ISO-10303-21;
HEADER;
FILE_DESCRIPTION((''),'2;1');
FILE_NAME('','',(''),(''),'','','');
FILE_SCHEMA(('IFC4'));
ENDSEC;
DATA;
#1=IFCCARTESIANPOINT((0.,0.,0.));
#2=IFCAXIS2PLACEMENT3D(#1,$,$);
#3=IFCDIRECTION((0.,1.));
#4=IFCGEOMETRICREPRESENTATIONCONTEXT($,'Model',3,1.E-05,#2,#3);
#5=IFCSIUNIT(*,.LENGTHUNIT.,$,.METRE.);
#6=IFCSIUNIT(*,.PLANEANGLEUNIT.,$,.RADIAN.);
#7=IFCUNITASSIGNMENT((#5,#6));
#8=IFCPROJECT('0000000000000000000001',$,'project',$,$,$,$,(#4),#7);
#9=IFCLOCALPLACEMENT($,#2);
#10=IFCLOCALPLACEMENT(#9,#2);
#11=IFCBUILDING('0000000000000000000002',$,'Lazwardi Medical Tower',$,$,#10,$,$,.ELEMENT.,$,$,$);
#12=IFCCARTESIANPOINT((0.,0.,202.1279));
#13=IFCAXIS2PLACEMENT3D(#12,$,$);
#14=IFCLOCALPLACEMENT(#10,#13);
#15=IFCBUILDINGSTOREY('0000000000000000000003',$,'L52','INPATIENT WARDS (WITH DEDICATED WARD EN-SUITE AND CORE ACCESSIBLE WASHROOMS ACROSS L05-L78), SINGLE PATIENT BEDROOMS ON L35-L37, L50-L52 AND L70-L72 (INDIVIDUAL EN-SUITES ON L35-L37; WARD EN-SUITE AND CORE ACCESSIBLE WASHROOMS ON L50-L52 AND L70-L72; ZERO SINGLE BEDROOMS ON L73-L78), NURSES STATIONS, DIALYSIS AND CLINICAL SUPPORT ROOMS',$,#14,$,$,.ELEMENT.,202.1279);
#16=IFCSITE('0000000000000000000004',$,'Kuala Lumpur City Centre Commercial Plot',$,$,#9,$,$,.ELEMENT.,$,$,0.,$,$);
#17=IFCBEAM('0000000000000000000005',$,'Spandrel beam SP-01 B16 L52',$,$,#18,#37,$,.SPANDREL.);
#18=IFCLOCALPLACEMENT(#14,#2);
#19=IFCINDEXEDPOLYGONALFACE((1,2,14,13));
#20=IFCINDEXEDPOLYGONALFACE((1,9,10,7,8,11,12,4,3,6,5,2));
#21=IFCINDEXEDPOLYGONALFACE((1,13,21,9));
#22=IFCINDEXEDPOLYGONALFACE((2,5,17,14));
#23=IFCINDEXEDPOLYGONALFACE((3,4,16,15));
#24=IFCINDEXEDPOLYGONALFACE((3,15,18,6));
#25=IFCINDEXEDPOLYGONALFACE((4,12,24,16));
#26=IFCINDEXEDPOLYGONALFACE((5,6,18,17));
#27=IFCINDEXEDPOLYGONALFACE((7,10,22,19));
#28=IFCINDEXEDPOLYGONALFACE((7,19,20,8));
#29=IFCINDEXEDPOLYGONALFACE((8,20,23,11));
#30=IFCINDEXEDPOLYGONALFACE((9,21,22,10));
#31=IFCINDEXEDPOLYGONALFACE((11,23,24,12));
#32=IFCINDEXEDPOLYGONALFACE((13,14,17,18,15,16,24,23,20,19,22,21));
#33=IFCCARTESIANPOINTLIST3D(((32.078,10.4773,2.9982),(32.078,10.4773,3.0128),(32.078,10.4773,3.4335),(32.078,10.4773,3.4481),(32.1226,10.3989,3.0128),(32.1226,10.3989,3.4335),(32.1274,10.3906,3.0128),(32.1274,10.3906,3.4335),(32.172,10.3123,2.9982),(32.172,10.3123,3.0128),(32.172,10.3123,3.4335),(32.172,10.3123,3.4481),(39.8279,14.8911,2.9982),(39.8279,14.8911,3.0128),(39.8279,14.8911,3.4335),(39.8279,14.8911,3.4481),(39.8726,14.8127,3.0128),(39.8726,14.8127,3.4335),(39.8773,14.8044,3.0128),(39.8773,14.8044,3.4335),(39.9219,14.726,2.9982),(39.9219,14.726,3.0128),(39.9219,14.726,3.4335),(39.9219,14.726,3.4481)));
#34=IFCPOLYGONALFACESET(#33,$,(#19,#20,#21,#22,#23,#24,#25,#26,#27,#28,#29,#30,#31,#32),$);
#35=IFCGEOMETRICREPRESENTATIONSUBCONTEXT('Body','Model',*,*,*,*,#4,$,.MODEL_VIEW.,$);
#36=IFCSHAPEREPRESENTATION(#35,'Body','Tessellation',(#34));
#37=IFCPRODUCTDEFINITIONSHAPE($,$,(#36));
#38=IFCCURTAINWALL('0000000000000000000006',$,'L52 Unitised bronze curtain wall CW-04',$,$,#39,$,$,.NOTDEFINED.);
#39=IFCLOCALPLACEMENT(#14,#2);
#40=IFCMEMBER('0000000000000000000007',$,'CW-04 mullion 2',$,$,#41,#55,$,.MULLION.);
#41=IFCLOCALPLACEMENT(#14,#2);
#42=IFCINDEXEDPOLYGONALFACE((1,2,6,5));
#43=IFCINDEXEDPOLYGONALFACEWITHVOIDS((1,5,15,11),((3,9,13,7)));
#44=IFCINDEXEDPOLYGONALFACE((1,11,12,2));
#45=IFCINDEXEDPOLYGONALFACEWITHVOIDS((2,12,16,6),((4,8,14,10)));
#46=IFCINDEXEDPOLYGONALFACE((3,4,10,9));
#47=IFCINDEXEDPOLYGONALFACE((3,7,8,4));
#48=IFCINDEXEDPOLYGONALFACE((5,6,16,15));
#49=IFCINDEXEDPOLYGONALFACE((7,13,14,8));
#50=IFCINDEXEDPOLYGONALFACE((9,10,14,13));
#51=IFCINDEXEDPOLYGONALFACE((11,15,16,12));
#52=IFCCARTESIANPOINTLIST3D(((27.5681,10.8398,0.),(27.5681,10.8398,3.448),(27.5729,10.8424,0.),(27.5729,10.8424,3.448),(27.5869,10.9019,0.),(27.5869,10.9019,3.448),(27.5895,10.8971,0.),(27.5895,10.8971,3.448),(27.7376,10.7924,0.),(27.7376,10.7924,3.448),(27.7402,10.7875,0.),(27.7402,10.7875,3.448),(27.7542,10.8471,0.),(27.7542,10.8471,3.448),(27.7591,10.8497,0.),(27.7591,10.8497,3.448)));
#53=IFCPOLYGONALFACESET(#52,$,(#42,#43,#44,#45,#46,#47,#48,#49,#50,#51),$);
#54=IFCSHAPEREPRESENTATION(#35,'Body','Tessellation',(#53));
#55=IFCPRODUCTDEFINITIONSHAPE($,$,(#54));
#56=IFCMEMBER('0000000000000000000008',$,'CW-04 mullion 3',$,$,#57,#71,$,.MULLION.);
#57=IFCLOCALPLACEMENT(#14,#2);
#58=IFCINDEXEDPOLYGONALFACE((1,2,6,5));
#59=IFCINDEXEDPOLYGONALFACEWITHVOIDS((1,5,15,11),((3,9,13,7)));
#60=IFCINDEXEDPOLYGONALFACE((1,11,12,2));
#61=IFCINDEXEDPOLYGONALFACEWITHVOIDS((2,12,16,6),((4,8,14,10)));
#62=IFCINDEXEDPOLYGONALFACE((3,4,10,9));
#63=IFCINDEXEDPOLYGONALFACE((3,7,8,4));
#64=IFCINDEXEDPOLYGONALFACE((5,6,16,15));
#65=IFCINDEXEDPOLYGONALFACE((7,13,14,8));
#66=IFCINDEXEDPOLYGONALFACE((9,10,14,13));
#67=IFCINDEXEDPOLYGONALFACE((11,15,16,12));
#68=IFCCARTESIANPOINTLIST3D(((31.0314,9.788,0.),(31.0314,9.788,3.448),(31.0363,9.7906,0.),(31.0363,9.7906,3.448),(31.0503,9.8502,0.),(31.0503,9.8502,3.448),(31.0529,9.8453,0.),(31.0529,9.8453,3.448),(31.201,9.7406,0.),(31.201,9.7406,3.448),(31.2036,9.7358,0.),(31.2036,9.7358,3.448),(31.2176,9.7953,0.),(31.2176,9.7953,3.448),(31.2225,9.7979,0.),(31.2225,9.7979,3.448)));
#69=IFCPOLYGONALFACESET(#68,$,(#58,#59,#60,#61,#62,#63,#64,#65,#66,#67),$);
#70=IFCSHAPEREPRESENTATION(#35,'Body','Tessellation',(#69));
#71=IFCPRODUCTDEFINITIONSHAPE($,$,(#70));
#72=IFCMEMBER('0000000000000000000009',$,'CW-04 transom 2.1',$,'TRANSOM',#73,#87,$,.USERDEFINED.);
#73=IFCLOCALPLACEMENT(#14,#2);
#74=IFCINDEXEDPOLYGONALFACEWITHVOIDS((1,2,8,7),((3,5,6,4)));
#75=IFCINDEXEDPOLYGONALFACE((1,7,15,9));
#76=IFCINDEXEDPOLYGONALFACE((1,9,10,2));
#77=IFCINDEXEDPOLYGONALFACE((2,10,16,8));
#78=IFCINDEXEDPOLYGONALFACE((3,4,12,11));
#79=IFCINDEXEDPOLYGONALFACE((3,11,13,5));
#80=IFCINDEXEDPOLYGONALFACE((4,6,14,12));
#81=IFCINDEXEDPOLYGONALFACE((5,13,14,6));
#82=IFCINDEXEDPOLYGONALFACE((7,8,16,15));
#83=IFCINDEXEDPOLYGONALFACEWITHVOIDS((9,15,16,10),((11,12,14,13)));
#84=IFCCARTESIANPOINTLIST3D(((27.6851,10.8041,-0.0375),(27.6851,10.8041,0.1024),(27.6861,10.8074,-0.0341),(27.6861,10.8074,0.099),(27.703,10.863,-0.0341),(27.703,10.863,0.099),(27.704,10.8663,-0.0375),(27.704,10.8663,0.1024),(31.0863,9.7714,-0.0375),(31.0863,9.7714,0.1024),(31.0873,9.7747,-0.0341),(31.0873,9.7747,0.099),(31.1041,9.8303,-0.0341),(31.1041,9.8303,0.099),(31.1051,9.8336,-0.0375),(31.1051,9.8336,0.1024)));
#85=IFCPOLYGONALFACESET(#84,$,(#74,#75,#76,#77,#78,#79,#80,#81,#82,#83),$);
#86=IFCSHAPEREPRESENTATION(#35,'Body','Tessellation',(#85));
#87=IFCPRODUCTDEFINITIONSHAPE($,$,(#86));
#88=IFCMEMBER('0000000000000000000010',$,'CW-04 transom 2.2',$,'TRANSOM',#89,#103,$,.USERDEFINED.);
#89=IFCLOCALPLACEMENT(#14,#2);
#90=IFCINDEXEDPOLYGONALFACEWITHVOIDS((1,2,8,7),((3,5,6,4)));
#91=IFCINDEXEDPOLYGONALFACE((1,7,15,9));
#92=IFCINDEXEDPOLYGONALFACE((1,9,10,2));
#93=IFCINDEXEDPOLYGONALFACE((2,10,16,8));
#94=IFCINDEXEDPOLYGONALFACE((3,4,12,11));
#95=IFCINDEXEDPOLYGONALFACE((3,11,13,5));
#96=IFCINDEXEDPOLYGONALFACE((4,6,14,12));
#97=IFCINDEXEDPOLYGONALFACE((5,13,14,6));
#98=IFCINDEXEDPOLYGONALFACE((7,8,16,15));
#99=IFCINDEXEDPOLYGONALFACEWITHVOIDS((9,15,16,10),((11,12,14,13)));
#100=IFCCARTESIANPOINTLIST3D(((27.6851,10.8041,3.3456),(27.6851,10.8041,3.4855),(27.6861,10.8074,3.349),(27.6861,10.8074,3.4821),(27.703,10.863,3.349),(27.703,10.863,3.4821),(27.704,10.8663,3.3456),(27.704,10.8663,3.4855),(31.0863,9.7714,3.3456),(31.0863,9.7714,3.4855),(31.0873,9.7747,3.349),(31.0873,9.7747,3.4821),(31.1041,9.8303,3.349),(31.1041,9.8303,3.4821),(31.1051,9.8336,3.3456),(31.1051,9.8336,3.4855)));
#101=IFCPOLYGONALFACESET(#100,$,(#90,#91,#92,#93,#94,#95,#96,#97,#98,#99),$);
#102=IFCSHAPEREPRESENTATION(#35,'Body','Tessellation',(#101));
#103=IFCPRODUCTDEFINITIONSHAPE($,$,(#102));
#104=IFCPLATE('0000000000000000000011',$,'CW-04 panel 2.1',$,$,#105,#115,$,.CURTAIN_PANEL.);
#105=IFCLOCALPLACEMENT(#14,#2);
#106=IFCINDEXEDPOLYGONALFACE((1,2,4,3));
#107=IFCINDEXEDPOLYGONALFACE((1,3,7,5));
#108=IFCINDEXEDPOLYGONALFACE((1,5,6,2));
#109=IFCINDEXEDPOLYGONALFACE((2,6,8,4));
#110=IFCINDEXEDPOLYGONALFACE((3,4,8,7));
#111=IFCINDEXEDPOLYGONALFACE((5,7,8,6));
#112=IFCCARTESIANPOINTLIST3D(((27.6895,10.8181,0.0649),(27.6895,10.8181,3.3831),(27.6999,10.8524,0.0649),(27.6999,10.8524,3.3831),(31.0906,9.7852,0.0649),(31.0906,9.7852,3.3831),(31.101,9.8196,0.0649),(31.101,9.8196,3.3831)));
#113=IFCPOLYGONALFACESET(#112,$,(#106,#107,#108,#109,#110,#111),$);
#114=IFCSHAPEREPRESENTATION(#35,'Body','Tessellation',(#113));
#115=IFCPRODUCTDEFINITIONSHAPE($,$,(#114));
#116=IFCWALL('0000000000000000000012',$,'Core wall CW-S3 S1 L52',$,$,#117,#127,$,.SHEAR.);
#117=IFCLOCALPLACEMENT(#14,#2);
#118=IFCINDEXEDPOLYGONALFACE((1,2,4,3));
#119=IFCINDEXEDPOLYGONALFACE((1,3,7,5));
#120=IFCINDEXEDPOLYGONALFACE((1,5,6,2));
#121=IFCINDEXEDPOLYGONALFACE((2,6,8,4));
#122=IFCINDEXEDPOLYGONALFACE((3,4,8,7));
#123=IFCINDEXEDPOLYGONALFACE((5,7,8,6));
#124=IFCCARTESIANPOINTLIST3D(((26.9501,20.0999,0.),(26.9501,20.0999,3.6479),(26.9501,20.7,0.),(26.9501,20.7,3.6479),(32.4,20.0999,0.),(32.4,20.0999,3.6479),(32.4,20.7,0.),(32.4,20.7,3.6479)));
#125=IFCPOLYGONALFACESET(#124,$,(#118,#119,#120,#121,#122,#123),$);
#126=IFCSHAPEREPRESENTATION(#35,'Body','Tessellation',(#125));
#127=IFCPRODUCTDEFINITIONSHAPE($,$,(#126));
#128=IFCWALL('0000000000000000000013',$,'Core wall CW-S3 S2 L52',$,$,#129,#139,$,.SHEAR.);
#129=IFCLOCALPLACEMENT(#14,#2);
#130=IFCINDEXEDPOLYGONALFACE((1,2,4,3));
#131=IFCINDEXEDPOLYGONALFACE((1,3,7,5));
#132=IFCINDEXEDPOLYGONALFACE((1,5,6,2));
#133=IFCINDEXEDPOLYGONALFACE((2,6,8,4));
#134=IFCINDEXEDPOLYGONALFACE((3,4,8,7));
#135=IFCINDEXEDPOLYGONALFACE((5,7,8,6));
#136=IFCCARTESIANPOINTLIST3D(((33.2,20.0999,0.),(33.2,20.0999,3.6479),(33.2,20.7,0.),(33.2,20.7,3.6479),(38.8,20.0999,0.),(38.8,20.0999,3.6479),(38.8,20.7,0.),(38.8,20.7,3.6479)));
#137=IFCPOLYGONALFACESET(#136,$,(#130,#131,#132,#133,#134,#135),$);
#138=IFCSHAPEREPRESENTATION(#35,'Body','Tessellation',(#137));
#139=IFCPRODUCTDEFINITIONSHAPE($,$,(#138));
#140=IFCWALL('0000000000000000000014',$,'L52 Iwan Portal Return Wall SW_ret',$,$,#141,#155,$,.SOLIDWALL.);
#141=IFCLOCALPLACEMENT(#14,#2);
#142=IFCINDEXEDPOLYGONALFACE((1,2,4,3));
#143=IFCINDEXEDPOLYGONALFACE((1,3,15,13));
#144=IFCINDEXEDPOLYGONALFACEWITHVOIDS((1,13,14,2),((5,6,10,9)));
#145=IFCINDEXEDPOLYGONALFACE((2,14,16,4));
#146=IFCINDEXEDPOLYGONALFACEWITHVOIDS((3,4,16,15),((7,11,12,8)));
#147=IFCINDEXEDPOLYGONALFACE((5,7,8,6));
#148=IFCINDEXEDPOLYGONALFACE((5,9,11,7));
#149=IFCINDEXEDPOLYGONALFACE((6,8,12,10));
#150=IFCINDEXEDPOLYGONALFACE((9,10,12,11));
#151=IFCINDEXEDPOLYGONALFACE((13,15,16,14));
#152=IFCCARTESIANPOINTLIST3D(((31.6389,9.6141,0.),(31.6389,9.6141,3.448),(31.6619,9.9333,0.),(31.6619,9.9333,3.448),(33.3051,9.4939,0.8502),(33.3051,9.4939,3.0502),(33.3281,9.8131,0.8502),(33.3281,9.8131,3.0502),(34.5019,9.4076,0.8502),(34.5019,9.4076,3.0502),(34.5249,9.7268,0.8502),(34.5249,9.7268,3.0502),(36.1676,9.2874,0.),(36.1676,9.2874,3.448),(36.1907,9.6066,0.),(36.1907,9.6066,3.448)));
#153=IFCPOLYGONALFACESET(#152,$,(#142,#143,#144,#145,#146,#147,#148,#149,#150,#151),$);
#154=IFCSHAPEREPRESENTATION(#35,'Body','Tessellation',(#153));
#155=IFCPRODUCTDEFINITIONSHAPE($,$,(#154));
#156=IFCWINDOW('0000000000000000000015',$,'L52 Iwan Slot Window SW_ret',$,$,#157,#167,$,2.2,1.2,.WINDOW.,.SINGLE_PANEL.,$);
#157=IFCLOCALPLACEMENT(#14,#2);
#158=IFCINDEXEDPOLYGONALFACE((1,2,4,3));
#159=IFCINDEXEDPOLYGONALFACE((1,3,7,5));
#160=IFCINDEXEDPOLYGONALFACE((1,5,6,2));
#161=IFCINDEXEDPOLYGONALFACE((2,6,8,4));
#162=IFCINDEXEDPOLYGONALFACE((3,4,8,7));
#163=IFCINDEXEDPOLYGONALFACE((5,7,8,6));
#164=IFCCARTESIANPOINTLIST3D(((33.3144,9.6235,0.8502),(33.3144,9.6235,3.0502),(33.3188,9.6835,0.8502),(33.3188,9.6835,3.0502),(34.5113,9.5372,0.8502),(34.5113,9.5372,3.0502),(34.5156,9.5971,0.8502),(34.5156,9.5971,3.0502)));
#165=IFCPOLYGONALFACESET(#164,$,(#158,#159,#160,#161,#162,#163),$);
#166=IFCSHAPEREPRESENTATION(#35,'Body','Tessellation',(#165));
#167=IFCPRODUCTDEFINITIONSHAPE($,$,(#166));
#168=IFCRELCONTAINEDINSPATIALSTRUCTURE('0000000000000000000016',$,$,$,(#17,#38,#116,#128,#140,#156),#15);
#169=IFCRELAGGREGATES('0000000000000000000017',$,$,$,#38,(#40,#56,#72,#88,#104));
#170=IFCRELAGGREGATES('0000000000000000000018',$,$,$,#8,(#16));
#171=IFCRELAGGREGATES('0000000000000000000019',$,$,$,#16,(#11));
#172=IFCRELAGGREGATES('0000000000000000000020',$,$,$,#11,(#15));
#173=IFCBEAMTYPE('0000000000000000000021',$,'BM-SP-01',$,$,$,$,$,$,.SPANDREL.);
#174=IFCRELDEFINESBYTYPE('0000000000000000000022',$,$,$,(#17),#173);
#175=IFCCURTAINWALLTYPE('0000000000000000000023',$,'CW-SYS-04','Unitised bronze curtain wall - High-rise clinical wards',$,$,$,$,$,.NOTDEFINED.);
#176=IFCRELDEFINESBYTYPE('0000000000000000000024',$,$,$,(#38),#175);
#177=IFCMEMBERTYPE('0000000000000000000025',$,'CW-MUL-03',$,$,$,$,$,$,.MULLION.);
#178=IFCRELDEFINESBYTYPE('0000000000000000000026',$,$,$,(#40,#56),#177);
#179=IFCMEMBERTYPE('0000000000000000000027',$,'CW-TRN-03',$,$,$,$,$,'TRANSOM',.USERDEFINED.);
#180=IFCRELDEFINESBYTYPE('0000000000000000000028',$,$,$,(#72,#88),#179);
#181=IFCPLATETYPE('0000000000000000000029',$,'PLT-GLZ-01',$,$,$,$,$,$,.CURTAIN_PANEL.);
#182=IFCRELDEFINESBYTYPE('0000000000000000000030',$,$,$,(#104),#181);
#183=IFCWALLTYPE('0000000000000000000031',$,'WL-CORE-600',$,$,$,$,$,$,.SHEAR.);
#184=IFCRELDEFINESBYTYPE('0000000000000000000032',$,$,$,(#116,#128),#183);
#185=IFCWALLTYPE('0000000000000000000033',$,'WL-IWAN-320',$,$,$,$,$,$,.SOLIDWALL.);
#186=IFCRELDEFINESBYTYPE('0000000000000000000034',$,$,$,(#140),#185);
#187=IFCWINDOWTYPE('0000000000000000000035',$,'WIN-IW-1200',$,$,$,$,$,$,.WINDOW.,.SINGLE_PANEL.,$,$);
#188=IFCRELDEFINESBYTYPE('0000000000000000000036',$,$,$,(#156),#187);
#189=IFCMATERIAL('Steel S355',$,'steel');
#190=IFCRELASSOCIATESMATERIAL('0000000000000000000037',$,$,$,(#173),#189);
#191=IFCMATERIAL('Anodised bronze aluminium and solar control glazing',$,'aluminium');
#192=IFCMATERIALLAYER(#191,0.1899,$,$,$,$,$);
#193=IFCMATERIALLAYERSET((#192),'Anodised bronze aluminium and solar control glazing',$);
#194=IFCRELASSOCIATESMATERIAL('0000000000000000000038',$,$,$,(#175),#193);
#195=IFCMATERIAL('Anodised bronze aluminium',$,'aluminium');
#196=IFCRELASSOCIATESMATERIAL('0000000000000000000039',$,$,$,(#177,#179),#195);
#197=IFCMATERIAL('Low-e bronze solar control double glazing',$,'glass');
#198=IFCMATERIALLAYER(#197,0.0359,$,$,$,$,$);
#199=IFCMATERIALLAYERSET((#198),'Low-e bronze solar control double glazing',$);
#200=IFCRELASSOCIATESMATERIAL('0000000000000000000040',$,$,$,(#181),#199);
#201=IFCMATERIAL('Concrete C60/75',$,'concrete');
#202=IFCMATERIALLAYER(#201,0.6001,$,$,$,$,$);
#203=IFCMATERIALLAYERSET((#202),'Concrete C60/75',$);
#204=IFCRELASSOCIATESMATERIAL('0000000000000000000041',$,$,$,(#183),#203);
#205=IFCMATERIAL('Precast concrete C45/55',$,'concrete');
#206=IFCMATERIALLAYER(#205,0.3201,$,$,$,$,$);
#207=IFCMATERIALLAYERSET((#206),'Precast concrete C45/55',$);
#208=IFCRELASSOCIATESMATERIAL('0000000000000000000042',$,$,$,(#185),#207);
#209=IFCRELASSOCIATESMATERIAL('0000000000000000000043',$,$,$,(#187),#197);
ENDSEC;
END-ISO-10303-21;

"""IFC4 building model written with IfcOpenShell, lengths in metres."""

from ifc_helpers import new_model, si_unit, direction, frame, frame_2d, origin, origin_2d, place, context, subcontext, project, spatial, rectangle, hollow_rectangle, i_section, extrude, material, layer, layer_set, material_profile, profile_set, type_object, element, fill, aggregate, save


model = new_model("IFC4")

# Units and contexts
model_context = context("Model", 3, precision=1e-05, world=origin(), true_north=direction((0.0, 1.0)))
body_context = subcontext(model_context, "Body", "Model", "MODEL_VIEW")
ifc_project = project(units=[si_unit("LENGTHUNIT", "METRE"), si_unit("PLANEANGLEUNIT", "RADIAN")], contexts=[model_context])

# Site, building, storey
site_placement = place(None, origin())
site = spatial("IfcSite", under=ifc_project, at=site_placement, Name="Kuala Lumpur City Centre Commercial Plot", CompositionType="ELEMENT", RefElevation=0.0)
building_placement = place(site_placement, origin())
building = spatial("IfcBuilding", under=site, at=building_placement, Name="Lazwardi Medical Tower", CompositionType="ELEMENT")
storey_placement = place(building_placement, frame((0.0, 0.0, 202.1279)))
storey = spatial("IfcBuildingStorey", under=building, at=storey_placement, Name="L52", Description="INPATIENT WARDS (WITH DEDICATED WARD EN-SUITE AND CORE ACCESSIBLE WASHROOMS ACROSS L05-L78), SINGLE PATIENT BEDROOMS ON L35-L37, L50-L52 AND L70-L72 (INDIVIDUAL EN-SUITES ON L35-L37; WARD EN-SUITE AND CORE ACCESSIBLE WASHROOMS ON L50-L52 AND L70-L72; ZERO SINGLE BEDROOMS ON L73-L78), NURSES STATIONS, DIALYSIS AND CLINICAL SUPPORT ROOMS", CompositionType="ELEMENT", Elevation=202.1279)

# Shared definitions
ifc_material_1 = material(Name="Concrete C60/75", Category="concrete")

# Beam
ifc_material_2 = material(Name="Steel S355", Category="steel")
ifc_material_profile_1 = material_profile(ifc_material_2, i_section(OverallWidth=0.1899, OverallDepth=0.45, WebThickness=0.0095, FlangeThickness=0.0146, at=origin_2d()), Name="IPE 450")
ifc_profile_set_1 = profile_set([ifc_material_profile_1], Name="Steel S355")
beam_type_1 = type_object("IfcBeamType", Name="BM-SP-01", PredefinedType="SPANDREL", material=ifc_profile_set_1)
beam_1_placement = place(storey_placement, frame((32.125, 10.3948, 3.2231), z_axis=(0.868955, 0.494891, 0.0), x_axis=(-0.494891, 0.868955, 0.0)))
element("IfcBeam", 1, at=beam_1_placement, inside=storey, type_object=beam_type_1, Name="Spandrel beam SP-01 B16 L52", PredefinedType="SPANDREL", context=body_context, shape_type="SweptSolid", body=[
    extrude(i_section(OverallWidth=0.1899, OverallDepth=0.45, WebThickness=0.0095, FlangeThickness=0.0146, at=origin_2d()), origin(), (0.0, 0.0, 1.0), 8.9187),
])

# Curtain wall, members, plate
ifc_material_3 = material(Name="Anodised bronze aluminium and solar control glazing", Category="aluminium")
ifc_layer_1 = layer(ifc_material_3, 0.1899)
ifc_layer_set_1 = layer_set([ifc_layer_1], Name="Anodised bronze aluminium and solar control glazing")
curtain_wall_type = type_object("IfcCurtainWallType", Name="CW-SYS-04", Description="Unitised bronze curtain wall - High-rise clinical wards", PredefinedType="NOTDEFINED", material=ifc_layer_set_1)
curtain_wall_placement = place(storey_placement, origin())
curtain_wall = element("IfcCurtainWall", 2, at=curtain_wall_placement, inside=storey, type_object=curtain_wall_type, Name="L52 Unitised bronze curtain wall CW-04", PredefinedType="NOTDEFINED")
ifc_material_4 = material(Name="Anodised bronze aluminium", Category="aluminium")
ifc_material_profile_2 = material_profile(ifc_material_4, hollow_rectangle(XDim=0.0649, YDim=0.1799, WallThickness=0.0039, at=origin_2d()), Name="ALU-MULLION 180x65x4")
ifc_profile_set_2 = profile_set([ifc_material_profile_2], Name="Anodised bronze aluminium")
member_type_1 = type_object("IfcMemberType", Name="CW-MUL-03", PredefinedType="MULLION", material=ifc_profile_set_2)
member_1_placement = place(storey_placement, frame((27.6636, 10.8447, 0.0), z_axis=(0.0, 0.0, 1.0), x_axis=(0.290582, 0.95685, 0.0)))
member_1 = element("IfcMember", 3, at=member_1_placement, type_object=member_type_1, Name="CW-04 mullion 2", PredefinedType="MULLION", context=body_context, shape_type="SweptSolid", body=[
    extrude(hollow_rectangle(XDim=0.0649, YDim=0.1799, WallThickness=0.0039, at=origin_2d()), origin(), (0.0, 0.0, 1.0), 3.448),
])
member_2_placement = place(storey_placement, frame((31.127, 9.793, 0.0), z_axis=(0.0, 0.0, 1.0), x_axis=(0.290582, 0.95685, 0.0)))
member_2 = element("IfcMember", 4, at=member_2_placement, type_object=member_type_1, Name="CW-04 mullion 3", PredefinedType="MULLION", context=body_context, shape_type="SweptSolid", body=[
    extrude(hollow_rectangle(XDim=0.0649, YDim=0.1799, WallThickness=0.0039, at=origin_2d()), origin(), (0.0, 0.0, 1.0), 3.448),
])
ifc_material_profile_3 = material_profile(ifc_material_4, hollow_rectangle(XDim=0.0649, YDim=0.1399, WallThickness=0.0034, at=origin_2d()), Name="ALU-TRANSOM 140x65x3.5")
ifc_profile_set_3 = profile_set([ifc_material_profile_3], Name="Anodised bronze aluminium")
member_type_2 = type_object("IfcMemberType", Name="CW-TRN-03", ElementType="TRANSOM", PredefinedType="USERDEFINED", material=ifc_profile_set_3)
member_3_placement = place(storey_placement, frame((27.6946, 10.8352, 0.0325), z_axis=(0.956863, -0.290541, 0.0), x_axis=(0.290541, 0.956863, 0.0)))
member_3 = element("IfcMember", 5, at=member_3_placement, type_object=member_type_2, Name="CW-04 transom 2.1", ObjectType="TRANSOM", PredefinedType="USERDEFINED", context=body_context, shape_type="SweptSolid", body=[
    extrude(hollow_rectangle(XDim=0.0649, YDim=0.1399, WallThickness=0.0034, at=origin_2d()), origin(), (0.0, 0.0, 1.0), 3.5544),
])
member_4_placement = place(storey_placement, frame((27.6946, 10.8352, 3.4155), z_axis=(0.956863, -0.290541, 0.0), x_axis=(0.290541, 0.956863, 0.0)))
member_4 = element("IfcMember", 6, at=member_4_placement, type_object=member_type_2, Name="CW-04 transom 2.2", ObjectType="TRANSOM", PredefinedType="USERDEFINED", context=body_context, shape_type="SweptSolid", body=[
    extrude(hollow_rectangle(XDim=0.0649, YDim=0.1399, WallThickness=0.0034, at=origin_2d()), origin(), (0.0, 0.0, 1.0), 3.5544),
])
ifc_material_5 = material(Name="Low-e bronze solar control double glazing", Category="glass")
ifc_layer_2 = layer(ifc_material_5, 0.0359)
ifc_layer_set_2 = layer_set([ifc_layer_2], Name="Low-e bronze solar control double glazing")
plate_type = type_object("IfcPlateType", Name="PLT-GLZ-01", PredefinedType="CURTAIN_PANEL", material=ifc_layer_set_2)
plate_placement = place(storey_placement, frame((29.3953, 10.3188, 0.0649), z_axis=(0.0, 0.0, 1.0), x_axis=(0.95685, -0.290582, 0.0)))
plate = element("IfcPlate", 7, at=plate_placement, type_object=plate_type, Name="CW-04 panel 2.1", PredefinedType="CURTAIN_PANEL", context=body_context, shape_type="SweptSolid", body=[
    extrude(rectangle(XDim=3.5544, YDim=0.0359, at=origin_2d()), origin(), (0.0, 0.0, 1.0), 3.3181),
])
aggregate(curtain_wall, [member_1, member_2, member_3, member_4, plate])

# Shared definitions
ifc_layer_3 = layer(ifc_material_1, 0.6001)
ifc_layer_set_3 = layer_set([ifc_layer_3], Name="Concrete C60/75")
wall_type_1 = type_object("IfcWallType", Name="WL-CORE-600", PredefinedType="SHEAR", material=ifc_layer_set_3)

# Walls
wall_1_placement = place(storey_placement, frame((26.95, 20.3999, 0.0), z_axis=(0.0, 0.0, 1.0), x_axis=(1.0, 0.0, 0.0)))
element("IfcWall", 8, at=wall_1_placement, inside=storey, type_object=wall_type_1, Name="Core wall CW-S3 S1 L52", PredefinedType="SHEAR", context=body_context, shape_type="SweptSolid", body=[
    extrude(rectangle(XDim=5.45, YDim=0.6001, at=frame_2d((2.7251, 0.0))), origin(), (0.0, 0.0, 1.0), 3.6479),
])
wall_2_placement = place(storey_placement, frame((33.2, 20.3999, 0.0), z_axis=(0.0, 0.0, 1.0), x_axis=(1.0, 0.0, 0.0)))
element("IfcWall", 9, at=wall_2_placement, inside=storey, type_object=wall_type_1, Name="Core wall CW-S3 S2 L52", PredefinedType="SHEAR", context=body_context, shape_type="SweptSolid", body=[
    extrude(rectangle(XDim=5.6001, YDim=0.6001, at=frame_2d((2.8, 0.0))), origin(), (0.0, 0.0, 1.0), 3.6479),
])

# Wall, opening, window
ifc_material_6 = material(Name="Precast concrete C45/55", Category="concrete")
ifc_layer_4 = layer(ifc_material_6, 0.3201)
ifc_layer_set_4 = layer_set([ifc_layer_4], Name="Precast concrete C45/55")
wall_type_2 = type_object("IfcWallType", Name="WL-IWAN-320", PredefinedType="SOLIDWALL", material=ifc_layer_set_4)
wall_3_placement = place(storey_placement, frame((31.6504, 9.7737, 0.0), z_axis=(0.0, 0.0, 1.0), x_axis=(0.997409, -0.071942, 0.0)))
wall_3 = element("IfcWall", 10, at=wall_3_placement, inside=storey, type_object=wall_type_2, Name="L52 Iwan Portal Return Wall SW_ret", PredefinedType="SOLIDWALL", context=body_context, shape_type="SweptSolid", body=[
    extrude(rectangle(XDim=4.5405, YDim=0.3201, at=frame_2d((2.2703, 0.0))), origin(), (0.0, 0.0, 1.0), 3.448),
])
opening_1_placement = place(wall_3_placement, frame((1.6704, 0.0, 0.8501)))
opening_1 = element("IfcOpeningElement", 11, at=opening_1_placement, cuts=wall_3, PredefinedType="OPENING", context=body_context, shape_type="SweptSolid", body=[
    extrude(rectangle(XDim=1.2, YDim=2.2, at=frame_2d((0.6001, 1.1001))), frame((0.0, 0.1699, 0.0), z_axis=(0.0, -1.0, 0.0), x_axis=(1.0, 0.0, 0.0)), (0.0, 0.0, 1.0), 0.3401),
])
window_type = type_object("IfcWindowType", Name="WIN-IW-1200", PartitioningType="SINGLE_PANEL", PredefinedType="WINDOW", material=ifc_material_5)
window_placement = place(opening_1_placement, origin())
window = element("IfcWindow", 12, at=window_placement, inside=storey, type_object=window_type, Name="L52 Iwan Slot Window SW_ret", OverallHeight=2.2, OverallWidth=1.2, PartitioningType="SINGLE_PANEL", PredefinedType="WINDOW", context=body_context, shape_type="SweptSolid", body=[
    extrude(rectangle(XDim=1.2, YDim=2.2, at=frame_2d((0.6001, 1.1001))), frame((0.0, 0.03, 0.0), z_axis=(0.0, -1.0, 0.0), x_axis=(1.0, 0.0, 0.0)), (0.0, 0.0, 1.0), 0.0601),
])
fill(opening_1, window)

save(model, "model.ifc")
